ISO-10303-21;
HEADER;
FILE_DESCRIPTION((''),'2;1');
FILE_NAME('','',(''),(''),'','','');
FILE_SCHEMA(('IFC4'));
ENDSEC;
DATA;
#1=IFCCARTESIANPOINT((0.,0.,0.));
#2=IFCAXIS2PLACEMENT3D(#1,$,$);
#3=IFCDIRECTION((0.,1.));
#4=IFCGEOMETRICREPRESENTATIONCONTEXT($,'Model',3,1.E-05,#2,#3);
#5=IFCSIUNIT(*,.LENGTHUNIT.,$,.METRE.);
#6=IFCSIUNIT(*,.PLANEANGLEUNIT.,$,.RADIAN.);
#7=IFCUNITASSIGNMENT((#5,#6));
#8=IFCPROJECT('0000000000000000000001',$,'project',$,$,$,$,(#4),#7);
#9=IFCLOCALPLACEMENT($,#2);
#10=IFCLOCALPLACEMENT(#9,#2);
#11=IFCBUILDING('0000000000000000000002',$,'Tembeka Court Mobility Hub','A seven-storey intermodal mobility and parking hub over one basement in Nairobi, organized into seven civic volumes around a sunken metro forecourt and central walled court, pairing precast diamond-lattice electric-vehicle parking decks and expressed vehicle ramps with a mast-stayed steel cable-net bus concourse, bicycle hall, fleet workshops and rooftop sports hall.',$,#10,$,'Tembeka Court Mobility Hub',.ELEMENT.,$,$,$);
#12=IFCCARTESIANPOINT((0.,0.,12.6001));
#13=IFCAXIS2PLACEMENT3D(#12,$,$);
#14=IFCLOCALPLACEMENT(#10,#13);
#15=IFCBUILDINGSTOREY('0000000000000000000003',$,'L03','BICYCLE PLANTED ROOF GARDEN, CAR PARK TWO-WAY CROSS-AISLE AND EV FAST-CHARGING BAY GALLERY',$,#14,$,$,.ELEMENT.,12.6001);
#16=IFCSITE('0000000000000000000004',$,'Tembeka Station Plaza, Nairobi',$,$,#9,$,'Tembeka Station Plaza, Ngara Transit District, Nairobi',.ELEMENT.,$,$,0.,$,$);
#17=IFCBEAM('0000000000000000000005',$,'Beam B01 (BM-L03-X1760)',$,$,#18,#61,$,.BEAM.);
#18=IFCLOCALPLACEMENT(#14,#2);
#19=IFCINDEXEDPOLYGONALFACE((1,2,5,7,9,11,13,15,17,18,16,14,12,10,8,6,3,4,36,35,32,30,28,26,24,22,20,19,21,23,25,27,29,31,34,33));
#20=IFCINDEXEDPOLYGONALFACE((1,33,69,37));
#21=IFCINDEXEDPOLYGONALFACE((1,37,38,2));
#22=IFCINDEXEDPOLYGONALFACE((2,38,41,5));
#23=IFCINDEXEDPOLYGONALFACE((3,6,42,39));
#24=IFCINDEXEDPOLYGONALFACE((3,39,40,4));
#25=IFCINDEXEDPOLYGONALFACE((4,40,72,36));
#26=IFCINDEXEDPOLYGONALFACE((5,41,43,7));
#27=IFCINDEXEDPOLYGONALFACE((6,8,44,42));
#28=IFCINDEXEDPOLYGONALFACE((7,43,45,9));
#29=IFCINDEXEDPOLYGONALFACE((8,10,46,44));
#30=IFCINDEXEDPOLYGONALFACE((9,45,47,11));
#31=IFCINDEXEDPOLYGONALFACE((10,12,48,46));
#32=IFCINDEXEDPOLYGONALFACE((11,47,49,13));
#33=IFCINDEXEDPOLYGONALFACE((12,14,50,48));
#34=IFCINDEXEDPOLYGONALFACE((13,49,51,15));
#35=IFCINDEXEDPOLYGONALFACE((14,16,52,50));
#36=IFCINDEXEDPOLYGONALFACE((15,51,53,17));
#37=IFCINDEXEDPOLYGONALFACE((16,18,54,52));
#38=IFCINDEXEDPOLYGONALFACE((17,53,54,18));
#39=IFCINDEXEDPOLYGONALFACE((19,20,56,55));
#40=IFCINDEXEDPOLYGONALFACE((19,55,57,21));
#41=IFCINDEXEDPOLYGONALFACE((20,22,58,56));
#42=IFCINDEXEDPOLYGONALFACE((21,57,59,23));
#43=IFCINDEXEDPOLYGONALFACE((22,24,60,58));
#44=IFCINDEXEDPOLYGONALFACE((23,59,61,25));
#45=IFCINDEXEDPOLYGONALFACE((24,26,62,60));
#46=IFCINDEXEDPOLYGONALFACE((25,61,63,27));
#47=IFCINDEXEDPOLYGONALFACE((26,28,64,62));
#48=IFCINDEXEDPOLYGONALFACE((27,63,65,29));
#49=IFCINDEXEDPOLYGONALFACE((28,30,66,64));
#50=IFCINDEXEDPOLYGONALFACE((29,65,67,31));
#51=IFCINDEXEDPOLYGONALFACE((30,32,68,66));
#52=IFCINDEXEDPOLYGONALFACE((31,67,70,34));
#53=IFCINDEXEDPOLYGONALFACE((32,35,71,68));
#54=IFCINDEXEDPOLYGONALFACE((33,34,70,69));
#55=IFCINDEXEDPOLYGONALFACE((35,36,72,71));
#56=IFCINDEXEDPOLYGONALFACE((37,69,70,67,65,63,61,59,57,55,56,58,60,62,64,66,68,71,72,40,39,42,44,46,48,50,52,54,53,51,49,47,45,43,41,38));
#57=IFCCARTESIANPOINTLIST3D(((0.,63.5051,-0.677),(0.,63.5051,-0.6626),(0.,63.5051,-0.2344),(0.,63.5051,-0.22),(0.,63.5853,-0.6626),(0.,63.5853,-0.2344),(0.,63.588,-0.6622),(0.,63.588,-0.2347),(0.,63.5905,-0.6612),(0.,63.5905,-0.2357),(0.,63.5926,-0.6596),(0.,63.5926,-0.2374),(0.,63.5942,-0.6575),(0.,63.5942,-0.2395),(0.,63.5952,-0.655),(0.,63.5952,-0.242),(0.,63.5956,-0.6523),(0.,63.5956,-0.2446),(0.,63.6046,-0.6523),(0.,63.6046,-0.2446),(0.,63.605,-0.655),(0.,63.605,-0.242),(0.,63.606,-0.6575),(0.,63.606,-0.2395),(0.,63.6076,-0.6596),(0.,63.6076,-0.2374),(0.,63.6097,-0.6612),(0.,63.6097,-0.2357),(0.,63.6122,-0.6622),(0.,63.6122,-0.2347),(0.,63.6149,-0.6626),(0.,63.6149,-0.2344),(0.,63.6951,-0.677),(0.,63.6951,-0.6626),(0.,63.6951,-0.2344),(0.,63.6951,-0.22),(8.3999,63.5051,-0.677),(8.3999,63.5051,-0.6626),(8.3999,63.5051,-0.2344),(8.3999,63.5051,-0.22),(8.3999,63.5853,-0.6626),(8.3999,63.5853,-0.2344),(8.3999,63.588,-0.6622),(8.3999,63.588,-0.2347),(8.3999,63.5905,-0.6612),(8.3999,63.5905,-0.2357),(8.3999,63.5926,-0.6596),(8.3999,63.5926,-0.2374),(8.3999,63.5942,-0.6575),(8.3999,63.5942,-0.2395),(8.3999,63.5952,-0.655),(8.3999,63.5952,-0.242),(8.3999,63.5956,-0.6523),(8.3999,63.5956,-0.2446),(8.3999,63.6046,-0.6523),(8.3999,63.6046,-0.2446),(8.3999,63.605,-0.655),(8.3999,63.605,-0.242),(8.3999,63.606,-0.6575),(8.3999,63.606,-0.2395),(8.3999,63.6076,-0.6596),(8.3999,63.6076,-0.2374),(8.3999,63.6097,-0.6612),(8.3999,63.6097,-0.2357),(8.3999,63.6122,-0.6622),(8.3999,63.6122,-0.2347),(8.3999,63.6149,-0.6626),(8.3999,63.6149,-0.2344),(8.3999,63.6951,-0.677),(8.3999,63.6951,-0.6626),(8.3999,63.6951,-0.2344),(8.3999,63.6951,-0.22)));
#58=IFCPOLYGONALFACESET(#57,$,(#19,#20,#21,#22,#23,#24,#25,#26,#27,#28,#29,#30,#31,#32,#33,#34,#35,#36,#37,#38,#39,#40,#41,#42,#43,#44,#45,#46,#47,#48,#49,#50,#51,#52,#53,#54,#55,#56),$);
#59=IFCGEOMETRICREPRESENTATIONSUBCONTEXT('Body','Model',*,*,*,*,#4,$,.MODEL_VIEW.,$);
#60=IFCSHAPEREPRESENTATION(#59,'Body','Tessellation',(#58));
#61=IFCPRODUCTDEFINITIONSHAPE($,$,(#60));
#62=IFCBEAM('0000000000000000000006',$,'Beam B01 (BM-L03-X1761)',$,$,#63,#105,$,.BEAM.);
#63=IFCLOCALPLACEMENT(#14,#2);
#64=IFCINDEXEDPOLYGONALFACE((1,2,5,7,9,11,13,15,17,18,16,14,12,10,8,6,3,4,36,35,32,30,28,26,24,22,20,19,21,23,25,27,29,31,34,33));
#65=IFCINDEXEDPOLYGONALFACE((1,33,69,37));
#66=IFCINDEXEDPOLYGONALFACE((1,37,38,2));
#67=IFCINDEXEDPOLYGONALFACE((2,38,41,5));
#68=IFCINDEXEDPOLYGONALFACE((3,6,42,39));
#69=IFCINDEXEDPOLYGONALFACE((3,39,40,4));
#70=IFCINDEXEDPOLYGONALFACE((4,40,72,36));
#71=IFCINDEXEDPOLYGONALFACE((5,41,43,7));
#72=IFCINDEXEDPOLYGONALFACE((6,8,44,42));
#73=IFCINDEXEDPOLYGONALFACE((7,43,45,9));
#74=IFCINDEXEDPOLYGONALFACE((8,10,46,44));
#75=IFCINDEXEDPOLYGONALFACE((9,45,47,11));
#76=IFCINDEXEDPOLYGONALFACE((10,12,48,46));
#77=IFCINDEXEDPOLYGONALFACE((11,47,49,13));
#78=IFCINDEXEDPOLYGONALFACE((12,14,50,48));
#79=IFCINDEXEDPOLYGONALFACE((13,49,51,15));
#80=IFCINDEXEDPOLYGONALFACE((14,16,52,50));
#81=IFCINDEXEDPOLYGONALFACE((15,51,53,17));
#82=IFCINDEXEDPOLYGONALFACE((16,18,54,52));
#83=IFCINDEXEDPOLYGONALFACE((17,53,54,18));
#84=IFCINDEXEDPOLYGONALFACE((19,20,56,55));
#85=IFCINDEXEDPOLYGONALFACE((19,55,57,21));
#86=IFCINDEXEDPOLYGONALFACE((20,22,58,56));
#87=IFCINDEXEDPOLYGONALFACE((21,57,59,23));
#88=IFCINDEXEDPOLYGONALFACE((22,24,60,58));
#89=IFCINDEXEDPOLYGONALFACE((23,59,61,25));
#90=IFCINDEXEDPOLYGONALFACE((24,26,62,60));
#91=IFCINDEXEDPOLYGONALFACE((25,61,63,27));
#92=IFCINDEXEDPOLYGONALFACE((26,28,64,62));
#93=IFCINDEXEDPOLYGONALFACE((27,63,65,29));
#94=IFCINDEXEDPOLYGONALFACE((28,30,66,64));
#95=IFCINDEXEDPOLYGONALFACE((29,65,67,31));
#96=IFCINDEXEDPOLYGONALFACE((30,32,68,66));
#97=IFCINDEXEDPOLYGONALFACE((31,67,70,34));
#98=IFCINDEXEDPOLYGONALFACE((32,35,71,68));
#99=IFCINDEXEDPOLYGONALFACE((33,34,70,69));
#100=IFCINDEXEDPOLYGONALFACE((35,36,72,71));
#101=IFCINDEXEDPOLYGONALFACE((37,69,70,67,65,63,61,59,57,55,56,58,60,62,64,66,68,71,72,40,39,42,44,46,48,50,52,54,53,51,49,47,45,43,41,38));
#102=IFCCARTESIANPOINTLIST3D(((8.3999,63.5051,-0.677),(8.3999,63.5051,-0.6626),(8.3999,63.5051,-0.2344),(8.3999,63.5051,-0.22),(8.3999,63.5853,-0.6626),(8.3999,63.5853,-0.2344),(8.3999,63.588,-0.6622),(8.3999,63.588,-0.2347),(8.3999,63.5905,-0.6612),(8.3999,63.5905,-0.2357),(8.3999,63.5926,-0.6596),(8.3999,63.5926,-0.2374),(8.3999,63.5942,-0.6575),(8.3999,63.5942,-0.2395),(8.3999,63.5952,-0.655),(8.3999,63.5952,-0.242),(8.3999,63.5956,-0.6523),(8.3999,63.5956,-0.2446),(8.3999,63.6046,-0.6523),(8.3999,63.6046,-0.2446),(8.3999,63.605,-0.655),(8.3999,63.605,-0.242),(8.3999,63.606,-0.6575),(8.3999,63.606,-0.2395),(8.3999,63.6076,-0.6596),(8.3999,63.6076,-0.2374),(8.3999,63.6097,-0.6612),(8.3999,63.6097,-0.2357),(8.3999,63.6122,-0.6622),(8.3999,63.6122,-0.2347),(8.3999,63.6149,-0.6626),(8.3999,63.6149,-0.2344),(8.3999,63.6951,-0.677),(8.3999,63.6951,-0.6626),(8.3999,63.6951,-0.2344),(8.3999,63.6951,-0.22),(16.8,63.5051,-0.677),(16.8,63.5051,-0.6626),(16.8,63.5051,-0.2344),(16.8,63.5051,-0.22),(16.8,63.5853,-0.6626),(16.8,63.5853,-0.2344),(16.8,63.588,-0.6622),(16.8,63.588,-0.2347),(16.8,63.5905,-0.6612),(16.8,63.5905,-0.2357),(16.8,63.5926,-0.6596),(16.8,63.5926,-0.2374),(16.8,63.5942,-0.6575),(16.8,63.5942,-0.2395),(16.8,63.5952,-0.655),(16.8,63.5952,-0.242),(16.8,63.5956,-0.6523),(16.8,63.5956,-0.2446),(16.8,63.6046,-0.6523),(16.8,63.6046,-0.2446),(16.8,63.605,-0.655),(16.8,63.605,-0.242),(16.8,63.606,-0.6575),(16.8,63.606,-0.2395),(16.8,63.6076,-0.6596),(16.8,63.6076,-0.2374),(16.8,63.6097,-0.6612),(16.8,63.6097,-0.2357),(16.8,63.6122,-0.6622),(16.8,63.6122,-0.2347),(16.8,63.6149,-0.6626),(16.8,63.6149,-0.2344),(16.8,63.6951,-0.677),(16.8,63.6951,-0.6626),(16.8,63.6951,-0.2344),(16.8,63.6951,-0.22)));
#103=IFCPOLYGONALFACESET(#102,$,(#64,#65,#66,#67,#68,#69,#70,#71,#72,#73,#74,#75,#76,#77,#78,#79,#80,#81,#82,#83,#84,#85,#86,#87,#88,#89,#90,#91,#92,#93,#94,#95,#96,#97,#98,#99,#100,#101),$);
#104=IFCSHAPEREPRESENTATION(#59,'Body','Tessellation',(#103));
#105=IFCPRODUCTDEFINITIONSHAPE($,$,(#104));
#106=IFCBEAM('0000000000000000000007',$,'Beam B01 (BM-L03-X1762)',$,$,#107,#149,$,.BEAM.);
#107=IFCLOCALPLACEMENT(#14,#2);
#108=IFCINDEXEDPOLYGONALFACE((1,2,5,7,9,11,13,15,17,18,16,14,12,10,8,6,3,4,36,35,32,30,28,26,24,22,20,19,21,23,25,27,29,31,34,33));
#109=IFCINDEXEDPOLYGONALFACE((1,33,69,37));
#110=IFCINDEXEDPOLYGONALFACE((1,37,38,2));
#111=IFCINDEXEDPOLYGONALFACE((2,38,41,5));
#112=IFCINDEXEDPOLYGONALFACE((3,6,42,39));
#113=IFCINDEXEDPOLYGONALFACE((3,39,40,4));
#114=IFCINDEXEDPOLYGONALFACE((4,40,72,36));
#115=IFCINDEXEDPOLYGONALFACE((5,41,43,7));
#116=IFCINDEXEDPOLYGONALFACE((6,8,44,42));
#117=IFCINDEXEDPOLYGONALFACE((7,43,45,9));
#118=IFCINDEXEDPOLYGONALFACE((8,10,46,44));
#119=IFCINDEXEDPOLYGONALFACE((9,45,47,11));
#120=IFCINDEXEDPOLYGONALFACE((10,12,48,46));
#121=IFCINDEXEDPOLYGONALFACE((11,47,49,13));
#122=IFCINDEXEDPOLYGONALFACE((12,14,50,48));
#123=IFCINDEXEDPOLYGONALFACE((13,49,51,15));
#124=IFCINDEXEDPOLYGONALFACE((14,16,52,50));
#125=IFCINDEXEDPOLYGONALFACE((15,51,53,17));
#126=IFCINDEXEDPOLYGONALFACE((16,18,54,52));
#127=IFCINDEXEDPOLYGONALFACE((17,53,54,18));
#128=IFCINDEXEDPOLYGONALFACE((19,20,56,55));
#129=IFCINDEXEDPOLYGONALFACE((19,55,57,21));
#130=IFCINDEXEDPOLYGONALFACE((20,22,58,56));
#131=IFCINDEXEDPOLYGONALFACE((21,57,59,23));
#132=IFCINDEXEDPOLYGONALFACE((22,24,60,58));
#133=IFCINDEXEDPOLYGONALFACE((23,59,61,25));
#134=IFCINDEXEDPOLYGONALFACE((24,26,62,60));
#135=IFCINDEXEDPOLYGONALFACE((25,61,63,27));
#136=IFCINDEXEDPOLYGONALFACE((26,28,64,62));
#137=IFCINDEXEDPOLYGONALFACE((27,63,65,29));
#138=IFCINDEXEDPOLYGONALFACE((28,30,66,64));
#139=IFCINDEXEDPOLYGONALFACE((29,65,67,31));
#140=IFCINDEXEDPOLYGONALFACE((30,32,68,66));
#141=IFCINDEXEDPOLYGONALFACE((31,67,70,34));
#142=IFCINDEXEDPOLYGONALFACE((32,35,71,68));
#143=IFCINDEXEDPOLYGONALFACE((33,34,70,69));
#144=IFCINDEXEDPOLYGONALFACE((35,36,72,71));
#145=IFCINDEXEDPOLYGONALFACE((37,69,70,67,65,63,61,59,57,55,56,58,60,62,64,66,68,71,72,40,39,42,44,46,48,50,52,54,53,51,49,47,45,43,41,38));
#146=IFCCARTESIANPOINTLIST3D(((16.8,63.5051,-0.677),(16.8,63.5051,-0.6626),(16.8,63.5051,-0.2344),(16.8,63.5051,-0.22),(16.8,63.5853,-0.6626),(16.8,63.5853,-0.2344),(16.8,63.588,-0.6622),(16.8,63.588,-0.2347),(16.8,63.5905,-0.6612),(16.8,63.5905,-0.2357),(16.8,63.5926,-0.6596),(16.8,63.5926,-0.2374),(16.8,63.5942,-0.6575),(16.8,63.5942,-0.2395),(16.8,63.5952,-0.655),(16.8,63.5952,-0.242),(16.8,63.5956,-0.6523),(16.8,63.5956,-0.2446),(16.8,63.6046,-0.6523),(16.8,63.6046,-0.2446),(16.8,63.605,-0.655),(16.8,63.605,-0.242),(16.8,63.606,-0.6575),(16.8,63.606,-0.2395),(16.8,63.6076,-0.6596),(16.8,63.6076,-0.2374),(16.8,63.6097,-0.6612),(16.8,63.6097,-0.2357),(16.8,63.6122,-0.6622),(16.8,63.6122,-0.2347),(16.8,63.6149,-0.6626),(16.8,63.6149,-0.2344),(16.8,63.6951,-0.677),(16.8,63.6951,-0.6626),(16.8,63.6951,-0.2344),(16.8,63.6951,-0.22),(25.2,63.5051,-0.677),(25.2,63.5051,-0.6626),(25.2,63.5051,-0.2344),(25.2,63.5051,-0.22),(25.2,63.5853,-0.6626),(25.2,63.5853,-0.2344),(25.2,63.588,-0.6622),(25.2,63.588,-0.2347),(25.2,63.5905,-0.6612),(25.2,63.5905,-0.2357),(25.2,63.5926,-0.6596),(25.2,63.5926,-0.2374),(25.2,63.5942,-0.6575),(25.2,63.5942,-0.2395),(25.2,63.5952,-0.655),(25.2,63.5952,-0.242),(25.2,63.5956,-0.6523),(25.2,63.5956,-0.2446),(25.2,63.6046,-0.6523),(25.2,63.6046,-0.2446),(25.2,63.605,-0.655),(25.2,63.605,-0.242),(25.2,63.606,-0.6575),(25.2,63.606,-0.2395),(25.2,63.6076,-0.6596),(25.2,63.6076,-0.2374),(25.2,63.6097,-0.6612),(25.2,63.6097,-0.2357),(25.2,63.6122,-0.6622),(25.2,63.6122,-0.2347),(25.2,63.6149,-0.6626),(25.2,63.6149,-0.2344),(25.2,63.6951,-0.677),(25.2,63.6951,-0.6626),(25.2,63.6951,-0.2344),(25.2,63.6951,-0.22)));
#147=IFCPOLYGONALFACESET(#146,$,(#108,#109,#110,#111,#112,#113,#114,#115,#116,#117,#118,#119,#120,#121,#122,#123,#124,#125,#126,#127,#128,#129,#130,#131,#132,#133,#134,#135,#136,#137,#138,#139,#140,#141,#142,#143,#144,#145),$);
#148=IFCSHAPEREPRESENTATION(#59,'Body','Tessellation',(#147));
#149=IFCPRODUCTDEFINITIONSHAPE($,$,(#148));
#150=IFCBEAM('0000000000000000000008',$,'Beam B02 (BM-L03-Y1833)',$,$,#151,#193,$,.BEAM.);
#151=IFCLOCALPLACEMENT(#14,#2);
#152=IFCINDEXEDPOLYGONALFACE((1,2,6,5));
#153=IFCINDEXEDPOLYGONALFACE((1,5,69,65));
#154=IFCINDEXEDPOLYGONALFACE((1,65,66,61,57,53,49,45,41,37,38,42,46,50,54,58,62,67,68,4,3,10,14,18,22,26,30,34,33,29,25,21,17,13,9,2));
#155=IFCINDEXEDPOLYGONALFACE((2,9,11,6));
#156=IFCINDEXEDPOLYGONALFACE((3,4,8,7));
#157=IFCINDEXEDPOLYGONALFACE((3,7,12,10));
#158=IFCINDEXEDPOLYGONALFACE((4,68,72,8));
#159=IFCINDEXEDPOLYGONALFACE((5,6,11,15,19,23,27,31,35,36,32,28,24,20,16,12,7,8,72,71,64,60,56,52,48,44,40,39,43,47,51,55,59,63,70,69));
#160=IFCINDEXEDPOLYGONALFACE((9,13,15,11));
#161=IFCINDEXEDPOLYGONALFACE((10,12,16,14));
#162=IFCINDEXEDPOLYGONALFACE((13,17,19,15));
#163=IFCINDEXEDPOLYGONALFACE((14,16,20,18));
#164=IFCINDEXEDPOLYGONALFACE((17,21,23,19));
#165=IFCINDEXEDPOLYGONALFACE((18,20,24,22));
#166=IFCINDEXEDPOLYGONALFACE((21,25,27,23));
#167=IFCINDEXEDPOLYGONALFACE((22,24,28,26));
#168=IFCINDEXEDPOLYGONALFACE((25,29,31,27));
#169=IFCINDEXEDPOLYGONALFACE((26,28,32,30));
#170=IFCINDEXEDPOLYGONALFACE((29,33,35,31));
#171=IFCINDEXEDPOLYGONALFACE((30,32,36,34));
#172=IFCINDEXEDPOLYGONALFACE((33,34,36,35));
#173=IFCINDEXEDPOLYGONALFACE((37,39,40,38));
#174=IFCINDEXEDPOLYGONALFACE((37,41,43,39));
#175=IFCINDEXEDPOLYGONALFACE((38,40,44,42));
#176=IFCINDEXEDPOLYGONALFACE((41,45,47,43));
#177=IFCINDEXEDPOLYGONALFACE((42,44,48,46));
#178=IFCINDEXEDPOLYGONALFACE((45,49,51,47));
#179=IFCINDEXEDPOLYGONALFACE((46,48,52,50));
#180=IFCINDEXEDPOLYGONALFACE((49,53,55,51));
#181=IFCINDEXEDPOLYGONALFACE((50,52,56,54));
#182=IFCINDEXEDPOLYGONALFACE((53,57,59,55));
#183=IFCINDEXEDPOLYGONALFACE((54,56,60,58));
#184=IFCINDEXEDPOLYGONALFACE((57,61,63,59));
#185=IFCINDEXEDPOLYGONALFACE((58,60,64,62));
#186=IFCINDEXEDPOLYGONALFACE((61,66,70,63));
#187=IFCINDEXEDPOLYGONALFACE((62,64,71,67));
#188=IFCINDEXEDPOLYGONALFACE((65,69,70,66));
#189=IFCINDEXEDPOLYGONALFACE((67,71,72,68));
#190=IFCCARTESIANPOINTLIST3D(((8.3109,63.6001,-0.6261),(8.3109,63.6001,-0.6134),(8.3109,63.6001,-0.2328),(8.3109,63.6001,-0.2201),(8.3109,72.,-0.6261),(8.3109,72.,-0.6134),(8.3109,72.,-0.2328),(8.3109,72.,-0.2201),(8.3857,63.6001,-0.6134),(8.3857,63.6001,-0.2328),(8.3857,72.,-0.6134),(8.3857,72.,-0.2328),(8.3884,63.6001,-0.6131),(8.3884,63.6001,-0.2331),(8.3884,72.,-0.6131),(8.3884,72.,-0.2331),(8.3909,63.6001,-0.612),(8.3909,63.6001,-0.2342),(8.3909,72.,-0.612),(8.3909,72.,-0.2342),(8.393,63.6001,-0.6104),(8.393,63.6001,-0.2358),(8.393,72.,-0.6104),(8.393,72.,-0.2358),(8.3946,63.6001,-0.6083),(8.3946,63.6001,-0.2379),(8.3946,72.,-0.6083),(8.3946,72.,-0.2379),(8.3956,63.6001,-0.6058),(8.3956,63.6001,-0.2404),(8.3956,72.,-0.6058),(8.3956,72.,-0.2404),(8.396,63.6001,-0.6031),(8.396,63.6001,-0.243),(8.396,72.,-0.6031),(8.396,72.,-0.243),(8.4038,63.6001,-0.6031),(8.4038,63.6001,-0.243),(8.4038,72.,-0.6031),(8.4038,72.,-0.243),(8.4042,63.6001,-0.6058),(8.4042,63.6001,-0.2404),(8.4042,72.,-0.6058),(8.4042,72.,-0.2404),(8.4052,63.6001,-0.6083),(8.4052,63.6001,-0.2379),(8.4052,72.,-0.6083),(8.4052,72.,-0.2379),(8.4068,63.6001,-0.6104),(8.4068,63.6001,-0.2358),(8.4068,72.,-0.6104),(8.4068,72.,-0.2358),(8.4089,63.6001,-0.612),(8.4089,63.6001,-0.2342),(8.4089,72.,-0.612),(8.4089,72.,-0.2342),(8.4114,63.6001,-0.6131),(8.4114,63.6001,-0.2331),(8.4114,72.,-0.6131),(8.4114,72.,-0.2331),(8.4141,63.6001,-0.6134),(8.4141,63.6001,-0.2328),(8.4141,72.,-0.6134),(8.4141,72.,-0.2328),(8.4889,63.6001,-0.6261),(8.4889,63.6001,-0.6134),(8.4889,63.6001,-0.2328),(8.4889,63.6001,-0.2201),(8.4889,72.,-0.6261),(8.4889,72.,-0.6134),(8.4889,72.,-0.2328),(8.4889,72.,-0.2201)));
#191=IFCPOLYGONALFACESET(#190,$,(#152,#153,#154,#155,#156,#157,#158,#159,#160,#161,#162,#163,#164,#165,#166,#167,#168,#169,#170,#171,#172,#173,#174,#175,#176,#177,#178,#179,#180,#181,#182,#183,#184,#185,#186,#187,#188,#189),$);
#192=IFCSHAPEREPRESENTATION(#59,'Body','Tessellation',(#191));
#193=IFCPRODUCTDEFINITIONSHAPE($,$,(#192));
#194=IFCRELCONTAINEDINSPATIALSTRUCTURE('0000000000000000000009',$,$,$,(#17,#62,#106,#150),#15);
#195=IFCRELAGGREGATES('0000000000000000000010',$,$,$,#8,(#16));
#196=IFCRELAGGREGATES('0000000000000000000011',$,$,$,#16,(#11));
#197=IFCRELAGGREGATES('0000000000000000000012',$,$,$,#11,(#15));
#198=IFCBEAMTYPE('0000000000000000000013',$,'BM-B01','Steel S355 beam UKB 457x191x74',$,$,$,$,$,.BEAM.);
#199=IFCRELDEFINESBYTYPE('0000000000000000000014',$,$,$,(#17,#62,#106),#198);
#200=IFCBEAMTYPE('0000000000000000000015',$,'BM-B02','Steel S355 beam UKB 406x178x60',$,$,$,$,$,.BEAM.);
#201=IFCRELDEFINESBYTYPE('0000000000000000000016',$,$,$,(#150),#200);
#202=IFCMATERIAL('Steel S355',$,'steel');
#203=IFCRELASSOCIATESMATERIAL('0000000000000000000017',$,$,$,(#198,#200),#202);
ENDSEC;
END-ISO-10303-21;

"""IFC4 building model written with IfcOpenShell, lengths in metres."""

from ifc_helpers import new_model, si_unit, direction, frame, origin, origin_2d, place, context, subcontext, project, spatial, i_section, extrude, material, material_profile, profile_set, type_object, element, save


model = new_model("IFC4")

# Units and contexts
model_context = context("Model", 3, precision=1e-05, world=origin(), true_north=direction((0.0, 1.0)))
body_context = subcontext(model_context, "Body", "Model", "MODEL_VIEW")
ifc_project = project(units=[si_unit("LENGTHUNIT", "METRE"), si_unit("PLANEANGLEUNIT", "RADIAN")], contexts=[model_context])

# Site, building, storey
site_placement = place(None, origin())
site = spatial("IfcSite", under=ifc_project, at=site_placement, Name="Tembeka Station Plaza, Nairobi", LongName="Tembeka Station Plaza, Ngara Transit District, Nairobi", CompositionType="ELEMENT", RefElevation=0.0)
building_placement = place(site_placement, origin())
building = spatial("IfcBuilding", under=site, at=building_placement, Name="Tembeka Court Mobility Hub", Description="A seven-storey intermodal mobility and parking hub over one basement in Nairobi, organized into seven civic volumes around a sunken metro forecourt and central walled court, pairing precast diamond-lattice electric-vehicle parking decks and expressed vehicle ramps with a mast-stayed steel cable-net bus concourse, bicycle hall, fleet workshops and rooftop sports hall.", LongName="Tembeka Court Mobility Hub", CompositionType="ELEMENT")
storey_placement = place(building_placement, frame((0.0, 0.0, 12.6001)))
storey = spatial("IfcBuildingStorey", under=building, at=storey_placement, Name="L03", Description="BICYCLE PLANTED ROOF GARDEN, CAR PARK TWO-WAY CROSS-AISLE AND EV FAST-CHARGING BAY GALLERY", CompositionType="ELEMENT", Elevation=12.6001)

# Shared definitions
ifc_material_1 = material(Name="Steel S355", Category="steel")

# Beams
ifc_material_profile_1 = material_profile(ifc_material_1, i_section(OverallWidth=0.1899, OverallDepth=0.457, WebThickness=0.009, FlangeThickness=0.0144, FilletRadius=0.0103, at=origin_2d()), Name="UKB 457x191x74")
ifc_profile_set_1 = profile_set([ifc_material_profile_1], Name="Steel S355")
beam_type_1 = type_object("IfcBeamType", Name="BM-B01", Description="Steel S355 beam UKB 457x191x74", PredefinedType="BEAM", material=ifc_profile_set_1)
beam_1_placement = place(storey_placement, frame((0.0, 63.6001, -0.4485), z_axis=(1.0, 0.0, 0.0), x_axis=(0.0, 1.0, 0.0)))
element("IfcBeam", 1, at=beam_1_placement, inside=storey, type_object=beam_type_1, Name="Beam B01 (BM-L03-X1760)", PredefinedType="BEAM", context=body_context, shape_type="SweptSolid", body=[
    extrude(i_section(OverallWidth=0.1899, OverallDepth=0.457, WebThickness=0.009, FlangeThickness=0.0144, FilletRadius=0.0103, at=origin_2d()), origin(), (0.0, 0.0, 1.0), 8.3999),
])
beam_2_placement = place(storey_placement, frame((8.3999, 63.6001, -0.4485), z_axis=(1.0, 0.0, 0.0), x_axis=(0.0, 1.0, 0.0)))
element("IfcBeam", 2, at=beam_2_placement, inside=storey, type_object=beam_type_1, Name="Beam B01 (BM-L03-X1761)", PredefinedType="BEAM", context=body_context, shape_type="SweptSolid", body=[
    extrude(i_section(OverallWidth=0.1899, OverallDepth=0.457, WebThickness=0.009, FlangeThickness=0.0144, FilletRadius=0.0103, at=origin_2d()), origin(), (0.0, 0.0, 1.0), 8.4001),
])
beam_3_placement = place(storey_placement, frame((16.8, 63.6001, -0.4485), z_axis=(1.0, 0.0, 0.0), x_axis=(0.0, 1.0, 0.0)))
element("IfcBeam", 3, at=beam_3_placement, inside=storey, type_object=beam_type_1, Name="Beam B01 (BM-L03-X1762)", PredefinedType="BEAM", context=body_context, shape_type="SweptSolid", body=[
    extrude(i_section(OverallWidth=0.1899, OverallDepth=0.457, WebThickness=0.009, FlangeThickness=0.0144, FilletRadius=0.0103, at=origin_2d()), origin(), (0.0, 0.0, 1.0), 8.3999),
])
ifc_material_profile_2 = material_profile(ifc_material_1, i_section(OverallWidth=0.178, OverallDepth=0.406, WebThickness=0.0078, FlangeThickness=0.0127, FilletRadius=0.0103, at=origin_2d()), Name="UKB 406x178x60")
ifc_profile_set_2 = profile_set([ifc_material_profile_2], Name="Steel S355")
beam_type_2 = type_object("IfcBeamType", Name="BM-B02", Description="Steel S355 beam UKB 406x178x60", PredefinedType="BEAM", material=ifc_profile_set_2)
for number, where, z_axis, x_axis, name in (
    (4, (8.3999, 63.6001, -0.4231), (0.0, 1.0, 0.0), (-1.0, 0.0, 0.0), "Beam B02 (BM-L03-Y1833)"),
):
    element("IfcBeam", number, at=place(storey_placement, frame(where, z_axis=z_axis, x_axis=x_axis)), inside=storey, type_object=beam_type_2, Name=name, PredefinedType="BEAM", context=body_context, shape_type="SweptSolid", body=[
        extrude(i_section(OverallWidth=0.178, OverallDepth=0.406, WebThickness=0.0078, FlangeThickness=0.0127, FilletRadius=0.0103, at=origin_2d()), origin(), (0.0, 0.0, 1.0), 8.3999),
    ])

save(model, "model.ifc")
